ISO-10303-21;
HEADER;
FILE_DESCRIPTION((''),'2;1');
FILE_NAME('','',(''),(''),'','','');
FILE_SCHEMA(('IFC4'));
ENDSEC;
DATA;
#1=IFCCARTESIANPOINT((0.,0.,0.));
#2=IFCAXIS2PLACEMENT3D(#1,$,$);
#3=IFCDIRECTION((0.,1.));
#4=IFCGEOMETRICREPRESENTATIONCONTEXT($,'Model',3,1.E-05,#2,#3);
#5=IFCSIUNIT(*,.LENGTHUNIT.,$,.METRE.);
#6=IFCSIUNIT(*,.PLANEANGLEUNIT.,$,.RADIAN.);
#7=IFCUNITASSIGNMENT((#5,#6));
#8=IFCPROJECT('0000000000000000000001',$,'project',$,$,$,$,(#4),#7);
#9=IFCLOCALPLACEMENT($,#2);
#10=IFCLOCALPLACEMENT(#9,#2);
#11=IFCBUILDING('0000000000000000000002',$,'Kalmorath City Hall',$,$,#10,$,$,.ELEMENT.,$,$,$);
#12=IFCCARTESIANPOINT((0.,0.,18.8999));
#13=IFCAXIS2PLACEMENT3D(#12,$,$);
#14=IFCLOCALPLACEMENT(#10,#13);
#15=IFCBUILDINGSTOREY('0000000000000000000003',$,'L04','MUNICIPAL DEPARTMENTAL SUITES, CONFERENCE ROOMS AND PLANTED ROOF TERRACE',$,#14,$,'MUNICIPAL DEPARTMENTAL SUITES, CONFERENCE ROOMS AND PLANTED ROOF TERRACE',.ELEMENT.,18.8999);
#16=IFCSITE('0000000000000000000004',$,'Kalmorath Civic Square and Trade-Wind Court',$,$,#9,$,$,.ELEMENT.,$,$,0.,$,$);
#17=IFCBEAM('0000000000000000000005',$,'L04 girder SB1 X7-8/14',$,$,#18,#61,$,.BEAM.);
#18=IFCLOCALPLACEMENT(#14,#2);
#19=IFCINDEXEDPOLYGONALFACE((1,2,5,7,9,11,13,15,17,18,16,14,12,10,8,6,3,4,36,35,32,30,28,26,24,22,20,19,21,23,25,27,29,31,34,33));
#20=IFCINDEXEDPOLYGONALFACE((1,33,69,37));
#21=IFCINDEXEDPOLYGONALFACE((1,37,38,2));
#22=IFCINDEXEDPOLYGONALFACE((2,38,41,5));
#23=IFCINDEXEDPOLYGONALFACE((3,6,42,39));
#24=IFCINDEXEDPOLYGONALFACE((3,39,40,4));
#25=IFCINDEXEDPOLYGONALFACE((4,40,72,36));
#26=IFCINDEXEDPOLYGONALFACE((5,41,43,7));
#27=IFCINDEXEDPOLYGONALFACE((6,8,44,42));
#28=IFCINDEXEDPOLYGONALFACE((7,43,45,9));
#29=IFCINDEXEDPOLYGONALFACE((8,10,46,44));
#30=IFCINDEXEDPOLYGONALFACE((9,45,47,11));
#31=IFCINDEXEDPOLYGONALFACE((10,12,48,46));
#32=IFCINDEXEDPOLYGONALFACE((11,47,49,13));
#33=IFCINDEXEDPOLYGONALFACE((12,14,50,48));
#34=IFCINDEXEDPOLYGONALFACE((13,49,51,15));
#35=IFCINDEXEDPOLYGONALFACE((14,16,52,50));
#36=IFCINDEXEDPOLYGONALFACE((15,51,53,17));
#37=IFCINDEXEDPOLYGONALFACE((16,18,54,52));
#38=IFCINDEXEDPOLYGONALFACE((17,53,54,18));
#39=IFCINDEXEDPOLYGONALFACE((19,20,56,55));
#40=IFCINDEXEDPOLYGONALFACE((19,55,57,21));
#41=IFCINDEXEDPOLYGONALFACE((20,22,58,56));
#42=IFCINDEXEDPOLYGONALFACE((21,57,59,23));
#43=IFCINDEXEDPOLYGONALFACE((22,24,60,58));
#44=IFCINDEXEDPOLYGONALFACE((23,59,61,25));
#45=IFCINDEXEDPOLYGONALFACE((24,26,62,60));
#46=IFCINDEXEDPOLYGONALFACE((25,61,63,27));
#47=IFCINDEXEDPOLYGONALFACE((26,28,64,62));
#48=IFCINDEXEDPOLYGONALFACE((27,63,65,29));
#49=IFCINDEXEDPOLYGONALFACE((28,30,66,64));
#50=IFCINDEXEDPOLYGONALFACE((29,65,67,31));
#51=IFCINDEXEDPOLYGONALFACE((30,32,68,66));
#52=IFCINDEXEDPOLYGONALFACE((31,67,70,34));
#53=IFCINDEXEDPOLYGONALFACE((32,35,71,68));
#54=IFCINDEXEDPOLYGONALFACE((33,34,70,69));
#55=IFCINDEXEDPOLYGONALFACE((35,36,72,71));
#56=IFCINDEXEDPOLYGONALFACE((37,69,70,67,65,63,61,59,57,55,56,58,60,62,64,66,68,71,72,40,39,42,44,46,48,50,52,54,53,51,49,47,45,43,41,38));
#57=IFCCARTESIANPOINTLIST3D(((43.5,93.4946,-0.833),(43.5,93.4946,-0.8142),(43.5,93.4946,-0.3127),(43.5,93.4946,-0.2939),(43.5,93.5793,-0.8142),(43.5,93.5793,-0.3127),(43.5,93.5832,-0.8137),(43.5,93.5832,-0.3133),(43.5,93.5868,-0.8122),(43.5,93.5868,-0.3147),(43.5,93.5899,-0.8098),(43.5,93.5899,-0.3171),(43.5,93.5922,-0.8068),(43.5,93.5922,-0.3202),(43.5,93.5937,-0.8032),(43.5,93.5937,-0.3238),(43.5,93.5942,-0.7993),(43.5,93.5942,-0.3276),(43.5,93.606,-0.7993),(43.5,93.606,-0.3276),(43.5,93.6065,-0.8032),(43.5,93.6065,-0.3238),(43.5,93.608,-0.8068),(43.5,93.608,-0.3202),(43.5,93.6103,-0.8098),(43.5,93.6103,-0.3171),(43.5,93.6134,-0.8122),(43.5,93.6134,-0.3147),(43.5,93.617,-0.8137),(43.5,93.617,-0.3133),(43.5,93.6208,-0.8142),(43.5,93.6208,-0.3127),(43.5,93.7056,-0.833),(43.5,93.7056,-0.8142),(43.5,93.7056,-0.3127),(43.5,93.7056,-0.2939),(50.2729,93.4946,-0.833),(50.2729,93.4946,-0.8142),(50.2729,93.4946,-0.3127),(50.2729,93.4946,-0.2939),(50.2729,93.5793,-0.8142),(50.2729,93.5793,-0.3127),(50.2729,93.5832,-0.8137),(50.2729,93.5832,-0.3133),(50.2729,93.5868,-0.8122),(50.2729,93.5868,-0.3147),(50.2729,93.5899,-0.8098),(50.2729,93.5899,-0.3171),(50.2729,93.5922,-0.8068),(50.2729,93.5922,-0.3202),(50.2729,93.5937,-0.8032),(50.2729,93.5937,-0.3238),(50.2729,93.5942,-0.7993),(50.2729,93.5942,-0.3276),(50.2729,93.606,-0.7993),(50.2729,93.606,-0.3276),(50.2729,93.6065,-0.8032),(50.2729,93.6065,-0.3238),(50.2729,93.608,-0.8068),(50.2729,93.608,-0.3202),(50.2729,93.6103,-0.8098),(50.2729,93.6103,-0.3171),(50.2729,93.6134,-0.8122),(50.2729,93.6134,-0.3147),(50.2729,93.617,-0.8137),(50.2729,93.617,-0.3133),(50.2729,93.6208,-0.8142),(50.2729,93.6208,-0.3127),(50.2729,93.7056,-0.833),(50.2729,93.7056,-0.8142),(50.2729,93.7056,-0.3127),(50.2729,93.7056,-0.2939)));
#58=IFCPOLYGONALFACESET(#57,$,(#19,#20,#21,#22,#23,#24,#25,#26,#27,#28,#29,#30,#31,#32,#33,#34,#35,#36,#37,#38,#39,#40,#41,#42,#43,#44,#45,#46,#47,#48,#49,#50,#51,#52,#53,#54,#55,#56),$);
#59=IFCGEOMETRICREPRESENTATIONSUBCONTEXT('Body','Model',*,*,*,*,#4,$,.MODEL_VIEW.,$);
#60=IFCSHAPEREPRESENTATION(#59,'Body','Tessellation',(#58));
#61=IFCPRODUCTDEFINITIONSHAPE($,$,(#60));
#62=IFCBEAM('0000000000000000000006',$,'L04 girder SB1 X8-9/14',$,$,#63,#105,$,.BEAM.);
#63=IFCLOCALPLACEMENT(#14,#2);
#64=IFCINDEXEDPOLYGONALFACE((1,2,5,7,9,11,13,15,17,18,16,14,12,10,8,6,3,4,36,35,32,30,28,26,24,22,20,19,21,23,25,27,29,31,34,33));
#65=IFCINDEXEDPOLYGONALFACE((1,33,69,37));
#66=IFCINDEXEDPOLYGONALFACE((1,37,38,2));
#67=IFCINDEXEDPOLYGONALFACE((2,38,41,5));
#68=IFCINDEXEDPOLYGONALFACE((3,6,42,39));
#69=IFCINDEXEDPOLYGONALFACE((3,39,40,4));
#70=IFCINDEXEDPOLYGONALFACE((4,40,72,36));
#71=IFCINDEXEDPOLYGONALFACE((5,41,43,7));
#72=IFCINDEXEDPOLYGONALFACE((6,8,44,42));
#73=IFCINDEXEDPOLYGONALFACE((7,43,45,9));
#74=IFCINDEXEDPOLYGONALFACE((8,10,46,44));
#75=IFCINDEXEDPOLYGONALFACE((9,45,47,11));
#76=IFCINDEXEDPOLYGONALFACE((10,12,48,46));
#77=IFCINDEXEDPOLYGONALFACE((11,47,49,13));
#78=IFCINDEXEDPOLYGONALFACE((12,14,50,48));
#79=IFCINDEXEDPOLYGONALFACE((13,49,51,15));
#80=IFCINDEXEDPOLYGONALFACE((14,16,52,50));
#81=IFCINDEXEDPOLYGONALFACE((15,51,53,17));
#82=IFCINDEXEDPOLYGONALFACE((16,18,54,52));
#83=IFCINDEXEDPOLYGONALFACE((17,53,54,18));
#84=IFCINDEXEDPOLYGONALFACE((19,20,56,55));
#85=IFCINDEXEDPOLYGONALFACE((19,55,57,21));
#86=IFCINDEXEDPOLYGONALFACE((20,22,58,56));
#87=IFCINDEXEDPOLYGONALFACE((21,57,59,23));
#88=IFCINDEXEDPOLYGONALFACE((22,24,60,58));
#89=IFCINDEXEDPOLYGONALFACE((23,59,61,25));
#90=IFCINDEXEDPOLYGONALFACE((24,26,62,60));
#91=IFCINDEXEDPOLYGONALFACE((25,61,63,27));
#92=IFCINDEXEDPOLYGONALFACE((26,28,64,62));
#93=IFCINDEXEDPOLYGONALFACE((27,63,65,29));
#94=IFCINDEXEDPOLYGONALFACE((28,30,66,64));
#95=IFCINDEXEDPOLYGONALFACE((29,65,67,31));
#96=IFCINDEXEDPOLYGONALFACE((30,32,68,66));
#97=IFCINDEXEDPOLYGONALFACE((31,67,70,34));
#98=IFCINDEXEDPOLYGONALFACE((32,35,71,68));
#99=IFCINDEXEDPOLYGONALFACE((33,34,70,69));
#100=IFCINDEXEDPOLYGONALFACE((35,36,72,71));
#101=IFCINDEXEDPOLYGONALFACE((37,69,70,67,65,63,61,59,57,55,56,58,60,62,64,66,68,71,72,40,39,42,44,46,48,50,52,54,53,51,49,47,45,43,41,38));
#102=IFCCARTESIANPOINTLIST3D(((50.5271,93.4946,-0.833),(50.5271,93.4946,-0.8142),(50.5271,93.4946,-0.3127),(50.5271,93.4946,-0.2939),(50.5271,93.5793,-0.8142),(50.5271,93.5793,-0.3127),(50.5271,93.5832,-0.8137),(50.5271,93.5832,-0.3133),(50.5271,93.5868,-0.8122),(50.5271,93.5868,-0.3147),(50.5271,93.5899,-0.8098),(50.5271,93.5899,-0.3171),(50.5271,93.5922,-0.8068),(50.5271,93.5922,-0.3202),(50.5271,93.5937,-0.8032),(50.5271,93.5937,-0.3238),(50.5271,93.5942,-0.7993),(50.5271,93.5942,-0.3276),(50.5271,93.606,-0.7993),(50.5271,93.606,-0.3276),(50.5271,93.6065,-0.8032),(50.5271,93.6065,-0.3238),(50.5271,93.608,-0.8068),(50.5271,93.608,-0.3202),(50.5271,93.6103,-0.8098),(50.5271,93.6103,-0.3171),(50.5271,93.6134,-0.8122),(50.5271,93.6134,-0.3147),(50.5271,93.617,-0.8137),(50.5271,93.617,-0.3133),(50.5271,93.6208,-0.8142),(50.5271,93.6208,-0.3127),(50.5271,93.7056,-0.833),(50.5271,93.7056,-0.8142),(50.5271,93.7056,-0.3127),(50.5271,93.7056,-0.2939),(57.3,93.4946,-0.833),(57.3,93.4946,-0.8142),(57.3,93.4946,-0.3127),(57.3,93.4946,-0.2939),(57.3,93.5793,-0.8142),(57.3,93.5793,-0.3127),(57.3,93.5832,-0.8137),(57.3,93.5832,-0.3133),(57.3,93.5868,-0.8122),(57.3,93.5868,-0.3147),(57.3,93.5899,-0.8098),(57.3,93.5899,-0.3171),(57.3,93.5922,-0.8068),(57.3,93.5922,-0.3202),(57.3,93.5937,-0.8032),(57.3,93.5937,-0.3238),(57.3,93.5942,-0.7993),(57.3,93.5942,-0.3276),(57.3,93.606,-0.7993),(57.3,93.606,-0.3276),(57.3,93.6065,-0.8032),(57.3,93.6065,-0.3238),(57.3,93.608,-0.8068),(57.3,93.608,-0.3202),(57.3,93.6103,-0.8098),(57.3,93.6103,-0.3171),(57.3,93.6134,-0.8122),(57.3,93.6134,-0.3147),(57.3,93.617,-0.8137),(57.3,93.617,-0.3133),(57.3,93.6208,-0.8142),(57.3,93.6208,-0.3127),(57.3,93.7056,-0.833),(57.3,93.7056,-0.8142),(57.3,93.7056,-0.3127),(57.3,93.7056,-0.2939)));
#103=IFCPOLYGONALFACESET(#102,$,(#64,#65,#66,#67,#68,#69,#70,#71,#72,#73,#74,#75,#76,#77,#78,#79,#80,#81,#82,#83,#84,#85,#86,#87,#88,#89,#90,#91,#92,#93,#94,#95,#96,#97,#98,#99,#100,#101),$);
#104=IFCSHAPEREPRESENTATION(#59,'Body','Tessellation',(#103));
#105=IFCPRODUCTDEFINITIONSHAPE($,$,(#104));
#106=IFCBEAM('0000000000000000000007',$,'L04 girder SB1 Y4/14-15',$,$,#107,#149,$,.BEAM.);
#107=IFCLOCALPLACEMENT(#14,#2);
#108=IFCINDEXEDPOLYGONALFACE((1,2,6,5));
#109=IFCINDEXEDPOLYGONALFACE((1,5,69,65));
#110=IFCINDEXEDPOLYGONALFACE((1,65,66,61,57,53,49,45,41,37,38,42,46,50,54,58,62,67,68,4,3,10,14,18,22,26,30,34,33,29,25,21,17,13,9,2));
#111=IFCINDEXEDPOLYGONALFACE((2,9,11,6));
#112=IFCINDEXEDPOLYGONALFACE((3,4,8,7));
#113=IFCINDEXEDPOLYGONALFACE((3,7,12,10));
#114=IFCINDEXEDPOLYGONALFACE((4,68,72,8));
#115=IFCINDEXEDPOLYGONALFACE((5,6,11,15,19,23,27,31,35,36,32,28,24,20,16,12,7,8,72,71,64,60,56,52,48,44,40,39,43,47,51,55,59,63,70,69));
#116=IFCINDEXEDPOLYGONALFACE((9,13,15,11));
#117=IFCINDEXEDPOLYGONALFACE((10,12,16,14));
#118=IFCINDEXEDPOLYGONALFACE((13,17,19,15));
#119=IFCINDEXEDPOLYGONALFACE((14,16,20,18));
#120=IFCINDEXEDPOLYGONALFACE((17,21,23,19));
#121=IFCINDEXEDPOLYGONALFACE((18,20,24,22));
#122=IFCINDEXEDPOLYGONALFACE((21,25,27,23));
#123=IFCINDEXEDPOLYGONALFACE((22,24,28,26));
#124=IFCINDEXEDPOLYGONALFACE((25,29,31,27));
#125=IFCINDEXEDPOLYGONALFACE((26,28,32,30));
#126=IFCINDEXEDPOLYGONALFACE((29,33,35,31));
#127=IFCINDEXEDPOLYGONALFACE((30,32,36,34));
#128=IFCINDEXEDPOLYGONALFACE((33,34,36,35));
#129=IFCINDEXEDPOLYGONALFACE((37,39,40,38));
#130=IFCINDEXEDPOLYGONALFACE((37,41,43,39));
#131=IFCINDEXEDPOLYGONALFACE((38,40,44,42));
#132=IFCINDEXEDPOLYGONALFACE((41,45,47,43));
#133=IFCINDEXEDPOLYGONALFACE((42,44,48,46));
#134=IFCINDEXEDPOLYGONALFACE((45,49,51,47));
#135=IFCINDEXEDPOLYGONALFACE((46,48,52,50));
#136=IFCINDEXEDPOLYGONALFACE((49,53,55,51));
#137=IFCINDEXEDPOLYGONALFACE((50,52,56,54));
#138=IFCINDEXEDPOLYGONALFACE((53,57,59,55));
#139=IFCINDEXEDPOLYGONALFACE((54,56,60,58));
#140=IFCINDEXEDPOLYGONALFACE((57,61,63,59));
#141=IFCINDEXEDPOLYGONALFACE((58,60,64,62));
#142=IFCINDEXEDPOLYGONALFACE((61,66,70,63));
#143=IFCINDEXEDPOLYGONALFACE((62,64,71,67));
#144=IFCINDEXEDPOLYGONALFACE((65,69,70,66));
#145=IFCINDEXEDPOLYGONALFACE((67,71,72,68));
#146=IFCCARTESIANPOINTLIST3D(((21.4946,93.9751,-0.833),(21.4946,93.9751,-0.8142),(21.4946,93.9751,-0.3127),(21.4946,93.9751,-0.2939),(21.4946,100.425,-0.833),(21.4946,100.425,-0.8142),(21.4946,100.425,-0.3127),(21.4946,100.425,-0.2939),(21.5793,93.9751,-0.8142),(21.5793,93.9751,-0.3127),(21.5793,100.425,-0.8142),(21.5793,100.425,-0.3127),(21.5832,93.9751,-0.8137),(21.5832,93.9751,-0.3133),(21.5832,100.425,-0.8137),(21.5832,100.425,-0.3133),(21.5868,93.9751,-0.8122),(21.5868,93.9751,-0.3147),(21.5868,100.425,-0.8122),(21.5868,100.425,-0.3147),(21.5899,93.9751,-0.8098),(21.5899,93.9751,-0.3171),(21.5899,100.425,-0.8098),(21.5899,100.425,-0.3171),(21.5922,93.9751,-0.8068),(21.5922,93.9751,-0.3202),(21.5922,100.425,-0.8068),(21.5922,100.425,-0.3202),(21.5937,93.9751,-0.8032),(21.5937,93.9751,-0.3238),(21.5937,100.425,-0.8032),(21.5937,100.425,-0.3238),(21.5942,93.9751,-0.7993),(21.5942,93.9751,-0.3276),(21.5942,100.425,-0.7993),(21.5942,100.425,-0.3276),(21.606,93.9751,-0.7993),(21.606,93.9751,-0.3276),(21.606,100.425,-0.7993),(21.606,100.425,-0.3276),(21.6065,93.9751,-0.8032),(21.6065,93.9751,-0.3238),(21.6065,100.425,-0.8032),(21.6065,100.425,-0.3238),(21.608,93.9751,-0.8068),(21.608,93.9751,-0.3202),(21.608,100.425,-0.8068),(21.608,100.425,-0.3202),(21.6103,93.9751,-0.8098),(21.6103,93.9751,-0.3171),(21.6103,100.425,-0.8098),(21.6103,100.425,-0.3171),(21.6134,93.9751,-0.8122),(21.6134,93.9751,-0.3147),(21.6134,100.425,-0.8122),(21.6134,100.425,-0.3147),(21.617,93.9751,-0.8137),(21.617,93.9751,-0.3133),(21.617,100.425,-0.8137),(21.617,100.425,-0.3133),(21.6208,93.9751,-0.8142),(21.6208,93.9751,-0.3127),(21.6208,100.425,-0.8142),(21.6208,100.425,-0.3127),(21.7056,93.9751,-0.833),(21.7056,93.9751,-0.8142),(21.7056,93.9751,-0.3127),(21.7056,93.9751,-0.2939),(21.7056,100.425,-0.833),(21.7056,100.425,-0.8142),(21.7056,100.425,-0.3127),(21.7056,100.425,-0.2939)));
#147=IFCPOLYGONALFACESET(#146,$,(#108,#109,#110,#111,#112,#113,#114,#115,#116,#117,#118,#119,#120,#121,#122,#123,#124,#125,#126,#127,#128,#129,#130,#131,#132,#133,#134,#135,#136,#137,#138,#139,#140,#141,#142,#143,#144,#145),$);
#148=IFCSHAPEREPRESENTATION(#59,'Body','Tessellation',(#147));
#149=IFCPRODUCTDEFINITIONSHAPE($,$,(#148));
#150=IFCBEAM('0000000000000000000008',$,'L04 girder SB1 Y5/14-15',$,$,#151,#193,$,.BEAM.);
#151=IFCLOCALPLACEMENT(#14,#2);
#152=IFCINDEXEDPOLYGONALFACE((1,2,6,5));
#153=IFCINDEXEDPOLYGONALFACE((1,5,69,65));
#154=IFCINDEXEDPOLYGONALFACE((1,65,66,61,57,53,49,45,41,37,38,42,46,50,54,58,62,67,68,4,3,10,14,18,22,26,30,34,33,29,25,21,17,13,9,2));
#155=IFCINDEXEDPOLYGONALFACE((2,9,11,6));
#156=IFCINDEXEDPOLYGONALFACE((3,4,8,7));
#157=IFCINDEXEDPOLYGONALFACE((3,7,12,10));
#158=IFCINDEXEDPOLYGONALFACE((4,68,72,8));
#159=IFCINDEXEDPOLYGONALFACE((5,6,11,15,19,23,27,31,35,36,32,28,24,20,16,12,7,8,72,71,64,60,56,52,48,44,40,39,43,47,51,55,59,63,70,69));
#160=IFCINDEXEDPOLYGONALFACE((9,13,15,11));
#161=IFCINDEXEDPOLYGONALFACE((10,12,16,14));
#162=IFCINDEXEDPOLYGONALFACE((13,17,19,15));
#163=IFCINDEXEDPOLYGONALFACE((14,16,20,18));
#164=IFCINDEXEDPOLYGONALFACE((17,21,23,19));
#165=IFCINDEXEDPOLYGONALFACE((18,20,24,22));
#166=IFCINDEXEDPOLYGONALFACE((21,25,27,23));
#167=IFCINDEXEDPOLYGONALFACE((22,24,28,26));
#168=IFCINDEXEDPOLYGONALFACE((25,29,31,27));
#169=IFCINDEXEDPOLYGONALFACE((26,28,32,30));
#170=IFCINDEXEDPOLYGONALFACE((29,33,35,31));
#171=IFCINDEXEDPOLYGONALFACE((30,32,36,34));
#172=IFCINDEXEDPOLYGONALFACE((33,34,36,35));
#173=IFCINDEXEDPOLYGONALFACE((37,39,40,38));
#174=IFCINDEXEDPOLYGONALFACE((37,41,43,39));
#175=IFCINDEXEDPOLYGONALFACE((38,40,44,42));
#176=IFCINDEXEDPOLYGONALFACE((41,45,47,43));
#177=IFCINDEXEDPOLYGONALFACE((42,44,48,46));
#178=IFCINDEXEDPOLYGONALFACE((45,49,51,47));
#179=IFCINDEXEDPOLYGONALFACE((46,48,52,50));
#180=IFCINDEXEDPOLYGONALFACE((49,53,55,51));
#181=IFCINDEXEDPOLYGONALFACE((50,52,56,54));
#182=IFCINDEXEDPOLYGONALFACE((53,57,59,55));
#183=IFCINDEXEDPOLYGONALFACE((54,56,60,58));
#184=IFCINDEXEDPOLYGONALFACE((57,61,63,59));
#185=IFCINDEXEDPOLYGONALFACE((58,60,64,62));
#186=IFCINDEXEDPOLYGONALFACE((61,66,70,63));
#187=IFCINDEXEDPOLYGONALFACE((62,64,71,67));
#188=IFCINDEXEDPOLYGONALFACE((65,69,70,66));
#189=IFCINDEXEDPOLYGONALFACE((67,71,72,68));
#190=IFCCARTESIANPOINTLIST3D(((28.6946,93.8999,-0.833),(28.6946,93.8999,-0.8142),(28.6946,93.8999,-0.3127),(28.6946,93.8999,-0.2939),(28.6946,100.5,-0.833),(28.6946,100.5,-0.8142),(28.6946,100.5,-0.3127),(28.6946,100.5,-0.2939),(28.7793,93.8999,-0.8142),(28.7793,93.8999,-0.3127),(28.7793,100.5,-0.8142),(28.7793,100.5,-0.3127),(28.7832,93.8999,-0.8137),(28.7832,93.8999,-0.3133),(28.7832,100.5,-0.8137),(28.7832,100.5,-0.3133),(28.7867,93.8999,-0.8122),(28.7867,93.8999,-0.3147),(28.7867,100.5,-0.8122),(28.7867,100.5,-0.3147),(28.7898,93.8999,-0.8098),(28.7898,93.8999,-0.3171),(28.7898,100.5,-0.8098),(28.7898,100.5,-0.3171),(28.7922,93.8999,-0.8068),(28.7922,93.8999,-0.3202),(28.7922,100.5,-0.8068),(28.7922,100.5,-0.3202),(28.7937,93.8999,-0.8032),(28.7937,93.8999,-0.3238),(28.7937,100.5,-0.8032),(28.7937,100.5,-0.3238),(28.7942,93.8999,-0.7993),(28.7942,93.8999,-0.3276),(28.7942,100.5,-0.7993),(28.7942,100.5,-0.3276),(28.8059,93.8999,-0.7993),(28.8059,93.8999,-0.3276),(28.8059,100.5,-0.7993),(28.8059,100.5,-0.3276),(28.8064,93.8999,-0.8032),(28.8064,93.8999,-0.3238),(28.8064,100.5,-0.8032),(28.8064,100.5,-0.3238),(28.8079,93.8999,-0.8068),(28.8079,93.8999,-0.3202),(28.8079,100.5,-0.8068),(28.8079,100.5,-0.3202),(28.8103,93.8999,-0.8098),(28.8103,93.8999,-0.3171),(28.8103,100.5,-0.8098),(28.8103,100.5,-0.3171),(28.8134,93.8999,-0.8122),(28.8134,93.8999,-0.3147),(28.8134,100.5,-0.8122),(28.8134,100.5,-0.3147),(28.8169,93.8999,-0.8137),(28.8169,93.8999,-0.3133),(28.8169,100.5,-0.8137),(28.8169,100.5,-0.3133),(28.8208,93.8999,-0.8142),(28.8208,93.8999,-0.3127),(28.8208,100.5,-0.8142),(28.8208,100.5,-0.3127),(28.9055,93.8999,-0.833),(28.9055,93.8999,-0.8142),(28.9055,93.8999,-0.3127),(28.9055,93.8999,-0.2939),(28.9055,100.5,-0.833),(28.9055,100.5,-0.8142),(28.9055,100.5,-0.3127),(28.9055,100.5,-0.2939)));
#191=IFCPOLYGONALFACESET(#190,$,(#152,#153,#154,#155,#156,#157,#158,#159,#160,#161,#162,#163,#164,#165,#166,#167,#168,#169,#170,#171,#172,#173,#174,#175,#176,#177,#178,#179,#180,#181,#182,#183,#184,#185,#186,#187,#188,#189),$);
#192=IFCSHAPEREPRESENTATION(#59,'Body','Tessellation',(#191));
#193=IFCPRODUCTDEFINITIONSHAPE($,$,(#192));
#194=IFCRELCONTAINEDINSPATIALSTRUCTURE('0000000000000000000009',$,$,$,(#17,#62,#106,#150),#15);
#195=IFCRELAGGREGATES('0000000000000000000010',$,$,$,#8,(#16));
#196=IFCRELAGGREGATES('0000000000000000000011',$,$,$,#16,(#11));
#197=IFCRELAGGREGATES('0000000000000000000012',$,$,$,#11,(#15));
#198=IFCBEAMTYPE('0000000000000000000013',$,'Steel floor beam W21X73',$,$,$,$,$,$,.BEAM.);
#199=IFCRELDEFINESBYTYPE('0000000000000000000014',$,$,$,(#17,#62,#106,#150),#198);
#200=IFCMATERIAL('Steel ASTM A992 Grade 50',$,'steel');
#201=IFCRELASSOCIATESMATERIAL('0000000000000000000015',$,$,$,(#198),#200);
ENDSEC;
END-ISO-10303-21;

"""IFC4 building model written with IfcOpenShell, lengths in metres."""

from ifc_helpers import new_model, si_unit, direction, frame, origin, origin_2d, place, context, subcontext, project, spatial, i_section, extrude, material, material_profile, profile_set, type_object, element, save


model = new_model("IFC4")

# Units and contexts
model_context = context("Model", 3, precision=1e-05, world=origin(), true_north=direction((0.0, 1.0)))
body_context = subcontext(model_context, "Body", "Model", "MODEL_VIEW")
ifc_project = project(units=[si_unit("LENGTHUNIT", "METRE"), si_unit("PLANEANGLEUNIT", "RADIAN")], contexts=[model_context])

# Site, building, storey
site_placement = place(None, origin())
site = spatial("IfcSite", under=ifc_project, at=site_placement, Name="Kalmorath Civic Square and Trade-Wind Court", CompositionType="ELEMENT", RefElevation=0.0)
building_placement = place(site_placement, origin())
building = spatial("IfcBuilding", under=site, at=building_placement, Name="Kalmorath City Hall", CompositionType="ELEMENT")
storey_placement = place(building_placement, frame((0.0, 0.0, 18.8999)))
storey = spatial("IfcBuildingStorey", under=building, at=storey_placement, Name="L04", Description="MUNICIPAL DEPARTMENTAL SUITES, CONFERENCE ROOMS AND PLANTED ROOF TERRACE", LongName="MUNICIPAL DEPARTMENTAL SUITES, CONFERENCE ROOMS AND PLANTED ROOF TERRACE", CompositionType="ELEMENT", Elevation=18.8999)

# Beams
ifc_material_1 = material(Name="Steel ASTM A992 Grade 50", Category="steel")
ifc_material_profile_1 = material_profile(ifc_material_1, i_section(OverallWidth=0.2109, OverallDepth=0.5391, WebThickness=0.0117, FlangeThickness=0.0188, FilletRadius=0.0149, at=origin_2d()), Name="W21X73")
ifc_profile_set_1 = profile_set([ifc_material_profile_1], Name="Steel ASTM A992 Grade 50")
beam_type_1 = type_object("IfcBeamType", Name="Steel floor beam W21X73", PredefinedType="BEAM", material=ifc_profile_set_1)
for number, where, z_axis, x_axis, name in (
    (1, (43.5, 93.6001, -0.5635), (1.0, 0.0, 0.0), (0.0, 1.0, 0.0), "L04 girder SB1 X7-8/14"),
    (2, (50.5271, 93.6001, -0.5635), (1.0, 0.0, 0.0), (0.0, 1.0, 0.0), "L04 girder SB1 X8-9/14"),
):
    element("IfcBeam", number, at=place(storey_placement, frame(where, z_axis=z_axis, x_axis=x_axis)), inside=storey, type_object=beam_type_1, Name=name, PredefinedType="BEAM", context=body_context, shape_type="SweptSolid", body=[
        extrude(i_section(OverallWidth=0.2109, OverallDepth=0.5391, WebThickness=0.0117, FlangeThickness=0.0188, FilletRadius=0.0149, at=origin_2d()), origin(), (0.0, 0.0, 1.0), 6.7729),
    ])
beam_1_placement = place(storey_placement, frame((21.6001, 93.9751, -0.5635), z_axis=(0.0, 1.0, 0.0), x_axis=(-1.0, 0.0, 0.0)))
element("IfcBeam", 3, at=beam_1_placement, inside=storey, type_object=beam_type_1, Name="L04 girder SB1 Y4/14-15", PredefinedType="BEAM", context=body_context, shape_type="SweptSolid", body=[
    extrude(i_section(OverallWidth=0.2109, OverallDepth=0.5391, WebThickness=0.0117, FlangeThickness=0.0188, FilletRadius=0.0149, at=origin_2d()), origin(), (0.0, 0.0, 1.0), 6.45),
])
for number, where, z_axis, x_axis, name in (
    (4, (28.8, 93.8999, -0.5635), (0.0, 1.0, 0.0), (-1.0, 0.0, 0.0), "L04 girder SB1 Y5/14-15"),
):
    element("IfcBeam", number, at=place(storey_placement, frame(where, z_axis=z_axis, x_axis=x_axis)), inside=storey, type_object=beam_type_1, Name=name, PredefinedType="BEAM", context=body_context, shape_type="SweptSolid", body=[
        extrude(i_section(OverallWidth=0.2109, OverallDepth=0.5391, WebThickness=0.0117, FlangeThickness=0.0188, FilletRadius=0.0149, at=origin_2d()), origin(), (0.0, 0.0, 1.0), 6.6001),
    ])

save(model, "model.ifc")
